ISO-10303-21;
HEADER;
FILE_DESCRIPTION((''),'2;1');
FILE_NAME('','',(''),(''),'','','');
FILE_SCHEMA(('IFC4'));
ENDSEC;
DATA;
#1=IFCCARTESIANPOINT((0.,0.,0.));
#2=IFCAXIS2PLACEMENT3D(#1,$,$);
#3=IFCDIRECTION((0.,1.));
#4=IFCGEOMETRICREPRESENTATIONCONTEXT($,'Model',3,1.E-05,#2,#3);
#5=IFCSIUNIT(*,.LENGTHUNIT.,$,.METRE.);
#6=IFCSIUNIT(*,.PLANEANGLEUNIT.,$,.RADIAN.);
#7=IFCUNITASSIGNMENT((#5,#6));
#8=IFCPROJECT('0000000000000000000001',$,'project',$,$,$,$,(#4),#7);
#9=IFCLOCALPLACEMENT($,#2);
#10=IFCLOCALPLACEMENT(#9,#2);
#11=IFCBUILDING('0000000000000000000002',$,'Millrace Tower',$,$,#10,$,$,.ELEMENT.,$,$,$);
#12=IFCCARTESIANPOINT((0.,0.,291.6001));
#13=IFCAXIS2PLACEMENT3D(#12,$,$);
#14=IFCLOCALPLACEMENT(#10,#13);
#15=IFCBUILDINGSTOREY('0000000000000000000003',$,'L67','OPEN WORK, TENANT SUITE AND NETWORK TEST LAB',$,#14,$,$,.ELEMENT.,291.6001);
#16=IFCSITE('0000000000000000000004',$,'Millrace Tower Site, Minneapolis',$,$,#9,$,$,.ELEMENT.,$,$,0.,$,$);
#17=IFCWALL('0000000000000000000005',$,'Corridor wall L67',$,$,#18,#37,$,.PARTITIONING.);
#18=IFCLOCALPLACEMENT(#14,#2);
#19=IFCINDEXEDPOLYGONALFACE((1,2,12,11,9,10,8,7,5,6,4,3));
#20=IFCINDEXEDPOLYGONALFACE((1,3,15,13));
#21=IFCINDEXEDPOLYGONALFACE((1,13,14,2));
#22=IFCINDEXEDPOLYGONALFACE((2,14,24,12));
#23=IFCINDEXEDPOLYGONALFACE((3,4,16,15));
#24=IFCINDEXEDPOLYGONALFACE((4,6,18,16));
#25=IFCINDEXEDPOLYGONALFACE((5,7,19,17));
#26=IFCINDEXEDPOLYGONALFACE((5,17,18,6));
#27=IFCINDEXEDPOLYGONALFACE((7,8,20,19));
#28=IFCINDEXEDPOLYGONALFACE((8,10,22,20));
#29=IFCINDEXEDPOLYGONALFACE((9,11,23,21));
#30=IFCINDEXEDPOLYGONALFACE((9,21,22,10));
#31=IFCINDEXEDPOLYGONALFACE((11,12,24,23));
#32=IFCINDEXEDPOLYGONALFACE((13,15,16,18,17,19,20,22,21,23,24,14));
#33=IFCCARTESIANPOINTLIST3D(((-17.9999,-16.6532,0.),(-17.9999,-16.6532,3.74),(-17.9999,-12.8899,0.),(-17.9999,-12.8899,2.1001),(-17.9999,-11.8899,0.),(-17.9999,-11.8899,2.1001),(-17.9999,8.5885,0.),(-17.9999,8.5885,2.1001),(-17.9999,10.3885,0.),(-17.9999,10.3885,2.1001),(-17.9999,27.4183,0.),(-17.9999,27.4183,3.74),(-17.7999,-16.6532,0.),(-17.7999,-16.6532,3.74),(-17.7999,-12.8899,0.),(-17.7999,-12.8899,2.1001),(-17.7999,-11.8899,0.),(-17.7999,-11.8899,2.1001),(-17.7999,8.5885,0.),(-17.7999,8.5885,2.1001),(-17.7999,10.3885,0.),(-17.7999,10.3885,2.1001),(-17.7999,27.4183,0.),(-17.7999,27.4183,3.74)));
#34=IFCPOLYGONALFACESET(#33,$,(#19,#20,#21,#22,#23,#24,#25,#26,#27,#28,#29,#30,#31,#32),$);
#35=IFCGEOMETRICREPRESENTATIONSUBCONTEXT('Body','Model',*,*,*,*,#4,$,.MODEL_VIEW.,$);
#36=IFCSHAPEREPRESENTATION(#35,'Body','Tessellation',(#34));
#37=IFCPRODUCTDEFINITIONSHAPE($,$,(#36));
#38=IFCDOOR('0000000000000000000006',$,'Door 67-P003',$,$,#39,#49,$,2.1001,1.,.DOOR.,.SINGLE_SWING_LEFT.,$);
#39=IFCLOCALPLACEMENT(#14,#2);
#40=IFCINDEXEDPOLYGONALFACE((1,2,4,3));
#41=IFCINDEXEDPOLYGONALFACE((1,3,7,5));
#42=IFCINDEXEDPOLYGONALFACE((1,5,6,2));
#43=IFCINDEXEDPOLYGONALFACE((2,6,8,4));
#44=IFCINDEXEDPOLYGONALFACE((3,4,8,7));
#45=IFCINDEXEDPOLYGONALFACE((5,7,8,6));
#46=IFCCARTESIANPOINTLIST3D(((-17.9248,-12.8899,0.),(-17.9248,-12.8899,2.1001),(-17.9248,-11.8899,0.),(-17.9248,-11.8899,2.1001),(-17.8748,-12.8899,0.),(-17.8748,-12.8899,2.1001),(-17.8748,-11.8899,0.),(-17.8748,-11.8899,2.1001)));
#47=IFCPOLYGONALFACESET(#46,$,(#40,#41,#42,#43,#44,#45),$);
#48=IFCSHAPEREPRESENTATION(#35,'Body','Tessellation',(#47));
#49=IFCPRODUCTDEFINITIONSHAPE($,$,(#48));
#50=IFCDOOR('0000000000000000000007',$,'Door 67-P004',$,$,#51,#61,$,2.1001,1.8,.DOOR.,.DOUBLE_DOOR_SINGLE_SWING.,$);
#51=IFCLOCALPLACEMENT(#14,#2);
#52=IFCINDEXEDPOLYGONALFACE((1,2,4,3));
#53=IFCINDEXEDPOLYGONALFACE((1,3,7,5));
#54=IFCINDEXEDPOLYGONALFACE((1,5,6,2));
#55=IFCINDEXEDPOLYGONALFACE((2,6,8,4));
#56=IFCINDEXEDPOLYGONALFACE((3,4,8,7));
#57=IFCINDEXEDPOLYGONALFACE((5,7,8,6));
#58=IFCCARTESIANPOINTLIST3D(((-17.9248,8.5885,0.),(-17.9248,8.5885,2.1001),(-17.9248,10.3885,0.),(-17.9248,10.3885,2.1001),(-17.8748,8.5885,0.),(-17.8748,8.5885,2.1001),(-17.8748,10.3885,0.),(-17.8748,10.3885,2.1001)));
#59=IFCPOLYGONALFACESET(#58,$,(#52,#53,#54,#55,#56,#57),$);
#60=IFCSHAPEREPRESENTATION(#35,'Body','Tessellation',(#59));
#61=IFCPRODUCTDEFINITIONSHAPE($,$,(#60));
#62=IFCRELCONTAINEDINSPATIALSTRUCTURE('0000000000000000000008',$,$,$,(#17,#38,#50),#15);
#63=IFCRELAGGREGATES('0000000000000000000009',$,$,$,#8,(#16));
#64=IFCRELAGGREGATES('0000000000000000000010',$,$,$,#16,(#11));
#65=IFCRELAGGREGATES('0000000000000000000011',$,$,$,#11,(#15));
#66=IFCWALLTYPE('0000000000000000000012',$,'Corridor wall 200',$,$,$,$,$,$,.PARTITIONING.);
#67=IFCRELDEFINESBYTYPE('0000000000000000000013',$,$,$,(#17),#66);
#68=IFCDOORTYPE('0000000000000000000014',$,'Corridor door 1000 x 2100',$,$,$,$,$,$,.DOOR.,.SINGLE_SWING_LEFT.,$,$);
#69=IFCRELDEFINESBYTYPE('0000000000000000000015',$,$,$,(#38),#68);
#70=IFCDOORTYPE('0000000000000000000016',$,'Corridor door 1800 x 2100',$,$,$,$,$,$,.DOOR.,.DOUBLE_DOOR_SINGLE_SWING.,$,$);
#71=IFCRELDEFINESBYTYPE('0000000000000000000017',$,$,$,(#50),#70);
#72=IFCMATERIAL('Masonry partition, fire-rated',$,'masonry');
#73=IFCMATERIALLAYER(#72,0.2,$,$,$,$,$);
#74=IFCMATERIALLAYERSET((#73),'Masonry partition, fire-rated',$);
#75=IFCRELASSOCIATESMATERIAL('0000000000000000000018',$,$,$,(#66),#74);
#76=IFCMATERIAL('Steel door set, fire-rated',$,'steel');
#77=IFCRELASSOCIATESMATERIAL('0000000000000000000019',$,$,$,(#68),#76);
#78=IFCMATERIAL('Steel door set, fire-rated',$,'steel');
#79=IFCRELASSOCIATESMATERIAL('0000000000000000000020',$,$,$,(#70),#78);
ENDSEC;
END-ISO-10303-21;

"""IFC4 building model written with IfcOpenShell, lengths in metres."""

from ifc_helpers import new_model, si_unit, direction, frame, frame_2d, origin, place, context, subcontext, project, spatial, rectangle, extrude, material, layer, layer_set, type_object, element, fill, save


model = new_model("IFC4")

# Units and contexts
model_context = context("Model", 3, precision=1e-05, world=origin(), true_north=direction((0.0, 1.0)))
body_context = subcontext(model_context, "Body", "Model", "MODEL_VIEW")
ifc_project = project(units=[si_unit("LENGTHUNIT", "METRE"), si_unit("PLANEANGLEUNIT", "RADIAN")], contexts=[model_context])

# Site, building, storey
site_placement = place(None, origin())
site = spatial("IfcSite", under=ifc_project, at=site_placement, Name="Millrace Tower Site, Minneapolis", CompositionType="ELEMENT", RefElevation=0.0)
building_placement = place(site_placement, origin())
building = spatial("IfcBuilding", under=site, at=building_placement, Name="Millrace Tower", CompositionType="ELEMENT")
storey_placement = place(building_placement, frame((0.0, 0.0, 291.6001)))
storey = spatial("IfcBuildingStorey", under=building, at=storey_placement, Name="L67", Description="OPEN WORK, TENANT SUITE AND NETWORK TEST LAB", CompositionType="ELEMENT", Elevation=291.6001)

# Shared definitions
ifc_material_1 = material(Name="Masonry partition, fire-rated", Category="masonry")
ifc_layer_1 = layer(ifc_material_1, 0.2)
ifc_layer_set_1 = layer_set([ifc_layer_1], Name="Masonry partition, fire-rated")
wall_type = type_object("IfcWallType", Name="Corridor wall 200", PredefinedType="PARTITIONING", material=ifc_layer_set_1)

# Wall, openings, doors
wall_1_placement = place(storey_placement, frame((-17.8999, -16.6531, 0.0), z_axis=(0.0, 0.0, 1.0), x_axis=(0.0, 1.0, 0.0)))
wall_1 = element("IfcWall", 1, at=wall_1_placement, inside=storey, type_object=wall_type, Name="Corridor wall L67", PredefinedType="PARTITIONING", context=body_context, shape_type="SweptSolid", body=[
    extrude(rectangle(XDim=44.0715, YDim=0.2, at=frame_2d((22.0356, 0.0))), origin(), (0.0, 0.0, 1.0), 3.74),
])
opening_1_placement = place(wall_1_placement, frame((3.7632, 0.0, 0.0)))
opening_1 = element("IfcOpeningElement", 2, at=opening_1_placement, cuts=wall_1, PredefinedType="OPENING", context=body_context, shape_type="SweptSolid", body=[
    extrude(rectangle(XDim=1.0, YDim=2.1001, at=frame_2d((0.5, 1.05))), frame((0.0, 0.1099, 0.0), z_axis=(0.0, -1.0, 0.0), x_axis=(1.0, 0.0, 0.0)), (0.0, 0.0, 1.0), 0.22),
])
opening_2_placement = place(wall_1_placement, frame((25.2417, 0.0, 0.0)))
opening_2 = element("IfcOpeningElement", 3, at=opening_2_placement, cuts=wall_1, PredefinedType="OPENING", context=body_context, shape_type="SweptSolid", body=[
    extrude(rectangle(XDim=1.8, YDim=2.1001, at=frame_2d((0.8999, 1.05))), frame((0.0, 0.1099, 0.0), z_axis=(0.0, -1.0, 0.0), x_axis=(1.0, 0.0, 0.0)), (0.0, 0.0, 1.0), 0.22),
])
ifc_material_2 = material(Name="Steel door set, fire-rated", Category="steel")
door_type_1 = type_object("IfcDoorType", Name="Corridor door 1000 x 2100", OperationType="SINGLE_SWING_LEFT", PredefinedType="DOOR", material=ifc_material_2)
door_1_placement = place(opening_1_placement, origin())
door_1 = element("IfcDoor", 4, at=door_1_placement, inside=storey, type_object=door_type_1, Name="Door 67-P003", OperationType="SINGLE_SWING_LEFT", OverallHeight=2.1001, OverallWidth=1.0, PredefinedType="DOOR", context=body_context, shape_type="SweptSolid", body=[
    extrude(rectangle(XDim=1.0, YDim=2.1001, at=frame_2d((0.5, 1.05))), frame((0.0, 0.0249, 0.0), z_axis=(0.0, -1.0, 0.0), x_axis=(1.0, 0.0, 0.0)), (0.0, 0.0, 1.0), 0.05),
])
fill(opening_1, door_1)
ifc_material_3 = material(Name="Steel door set, fire-rated", Category="steel")
door_type_2 = type_object("IfcDoorType", Name="Corridor door 1800 x 2100", OperationType="DOUBLE_DOOR_SINGLE_SWING", PredefinedType="DOOR", material=ifc_material_3)
door_2_placement = place(opening_2_placement, origin())
door_2 = element("IfcDoor", 5, at=door_2_placement, inside=storey, type_object=door_type_2, Name="Door 67-P004", OperationType="DOUBLE_DOOR_SINGLE_SWING", OverallHeight=2.1001, OverallWidth=1.8, PredefinedType="DOOR", context=body_context, shape_type="SweptSolid", body=[
    extrude(rectangle(XDim=1.8, YDim=2.1001, at=frame_2d((0.8999, 1.05))), frame((0.0, 0.0249, 0.0), z_axis=(0.0, -1.0, 0.0), x_axis=(1.0, 0.0, 0.0)), (0.0, 0.0, 1.0), 0.05),
])
fill(opening_2, door_2)

save(model, "model.ifc")
